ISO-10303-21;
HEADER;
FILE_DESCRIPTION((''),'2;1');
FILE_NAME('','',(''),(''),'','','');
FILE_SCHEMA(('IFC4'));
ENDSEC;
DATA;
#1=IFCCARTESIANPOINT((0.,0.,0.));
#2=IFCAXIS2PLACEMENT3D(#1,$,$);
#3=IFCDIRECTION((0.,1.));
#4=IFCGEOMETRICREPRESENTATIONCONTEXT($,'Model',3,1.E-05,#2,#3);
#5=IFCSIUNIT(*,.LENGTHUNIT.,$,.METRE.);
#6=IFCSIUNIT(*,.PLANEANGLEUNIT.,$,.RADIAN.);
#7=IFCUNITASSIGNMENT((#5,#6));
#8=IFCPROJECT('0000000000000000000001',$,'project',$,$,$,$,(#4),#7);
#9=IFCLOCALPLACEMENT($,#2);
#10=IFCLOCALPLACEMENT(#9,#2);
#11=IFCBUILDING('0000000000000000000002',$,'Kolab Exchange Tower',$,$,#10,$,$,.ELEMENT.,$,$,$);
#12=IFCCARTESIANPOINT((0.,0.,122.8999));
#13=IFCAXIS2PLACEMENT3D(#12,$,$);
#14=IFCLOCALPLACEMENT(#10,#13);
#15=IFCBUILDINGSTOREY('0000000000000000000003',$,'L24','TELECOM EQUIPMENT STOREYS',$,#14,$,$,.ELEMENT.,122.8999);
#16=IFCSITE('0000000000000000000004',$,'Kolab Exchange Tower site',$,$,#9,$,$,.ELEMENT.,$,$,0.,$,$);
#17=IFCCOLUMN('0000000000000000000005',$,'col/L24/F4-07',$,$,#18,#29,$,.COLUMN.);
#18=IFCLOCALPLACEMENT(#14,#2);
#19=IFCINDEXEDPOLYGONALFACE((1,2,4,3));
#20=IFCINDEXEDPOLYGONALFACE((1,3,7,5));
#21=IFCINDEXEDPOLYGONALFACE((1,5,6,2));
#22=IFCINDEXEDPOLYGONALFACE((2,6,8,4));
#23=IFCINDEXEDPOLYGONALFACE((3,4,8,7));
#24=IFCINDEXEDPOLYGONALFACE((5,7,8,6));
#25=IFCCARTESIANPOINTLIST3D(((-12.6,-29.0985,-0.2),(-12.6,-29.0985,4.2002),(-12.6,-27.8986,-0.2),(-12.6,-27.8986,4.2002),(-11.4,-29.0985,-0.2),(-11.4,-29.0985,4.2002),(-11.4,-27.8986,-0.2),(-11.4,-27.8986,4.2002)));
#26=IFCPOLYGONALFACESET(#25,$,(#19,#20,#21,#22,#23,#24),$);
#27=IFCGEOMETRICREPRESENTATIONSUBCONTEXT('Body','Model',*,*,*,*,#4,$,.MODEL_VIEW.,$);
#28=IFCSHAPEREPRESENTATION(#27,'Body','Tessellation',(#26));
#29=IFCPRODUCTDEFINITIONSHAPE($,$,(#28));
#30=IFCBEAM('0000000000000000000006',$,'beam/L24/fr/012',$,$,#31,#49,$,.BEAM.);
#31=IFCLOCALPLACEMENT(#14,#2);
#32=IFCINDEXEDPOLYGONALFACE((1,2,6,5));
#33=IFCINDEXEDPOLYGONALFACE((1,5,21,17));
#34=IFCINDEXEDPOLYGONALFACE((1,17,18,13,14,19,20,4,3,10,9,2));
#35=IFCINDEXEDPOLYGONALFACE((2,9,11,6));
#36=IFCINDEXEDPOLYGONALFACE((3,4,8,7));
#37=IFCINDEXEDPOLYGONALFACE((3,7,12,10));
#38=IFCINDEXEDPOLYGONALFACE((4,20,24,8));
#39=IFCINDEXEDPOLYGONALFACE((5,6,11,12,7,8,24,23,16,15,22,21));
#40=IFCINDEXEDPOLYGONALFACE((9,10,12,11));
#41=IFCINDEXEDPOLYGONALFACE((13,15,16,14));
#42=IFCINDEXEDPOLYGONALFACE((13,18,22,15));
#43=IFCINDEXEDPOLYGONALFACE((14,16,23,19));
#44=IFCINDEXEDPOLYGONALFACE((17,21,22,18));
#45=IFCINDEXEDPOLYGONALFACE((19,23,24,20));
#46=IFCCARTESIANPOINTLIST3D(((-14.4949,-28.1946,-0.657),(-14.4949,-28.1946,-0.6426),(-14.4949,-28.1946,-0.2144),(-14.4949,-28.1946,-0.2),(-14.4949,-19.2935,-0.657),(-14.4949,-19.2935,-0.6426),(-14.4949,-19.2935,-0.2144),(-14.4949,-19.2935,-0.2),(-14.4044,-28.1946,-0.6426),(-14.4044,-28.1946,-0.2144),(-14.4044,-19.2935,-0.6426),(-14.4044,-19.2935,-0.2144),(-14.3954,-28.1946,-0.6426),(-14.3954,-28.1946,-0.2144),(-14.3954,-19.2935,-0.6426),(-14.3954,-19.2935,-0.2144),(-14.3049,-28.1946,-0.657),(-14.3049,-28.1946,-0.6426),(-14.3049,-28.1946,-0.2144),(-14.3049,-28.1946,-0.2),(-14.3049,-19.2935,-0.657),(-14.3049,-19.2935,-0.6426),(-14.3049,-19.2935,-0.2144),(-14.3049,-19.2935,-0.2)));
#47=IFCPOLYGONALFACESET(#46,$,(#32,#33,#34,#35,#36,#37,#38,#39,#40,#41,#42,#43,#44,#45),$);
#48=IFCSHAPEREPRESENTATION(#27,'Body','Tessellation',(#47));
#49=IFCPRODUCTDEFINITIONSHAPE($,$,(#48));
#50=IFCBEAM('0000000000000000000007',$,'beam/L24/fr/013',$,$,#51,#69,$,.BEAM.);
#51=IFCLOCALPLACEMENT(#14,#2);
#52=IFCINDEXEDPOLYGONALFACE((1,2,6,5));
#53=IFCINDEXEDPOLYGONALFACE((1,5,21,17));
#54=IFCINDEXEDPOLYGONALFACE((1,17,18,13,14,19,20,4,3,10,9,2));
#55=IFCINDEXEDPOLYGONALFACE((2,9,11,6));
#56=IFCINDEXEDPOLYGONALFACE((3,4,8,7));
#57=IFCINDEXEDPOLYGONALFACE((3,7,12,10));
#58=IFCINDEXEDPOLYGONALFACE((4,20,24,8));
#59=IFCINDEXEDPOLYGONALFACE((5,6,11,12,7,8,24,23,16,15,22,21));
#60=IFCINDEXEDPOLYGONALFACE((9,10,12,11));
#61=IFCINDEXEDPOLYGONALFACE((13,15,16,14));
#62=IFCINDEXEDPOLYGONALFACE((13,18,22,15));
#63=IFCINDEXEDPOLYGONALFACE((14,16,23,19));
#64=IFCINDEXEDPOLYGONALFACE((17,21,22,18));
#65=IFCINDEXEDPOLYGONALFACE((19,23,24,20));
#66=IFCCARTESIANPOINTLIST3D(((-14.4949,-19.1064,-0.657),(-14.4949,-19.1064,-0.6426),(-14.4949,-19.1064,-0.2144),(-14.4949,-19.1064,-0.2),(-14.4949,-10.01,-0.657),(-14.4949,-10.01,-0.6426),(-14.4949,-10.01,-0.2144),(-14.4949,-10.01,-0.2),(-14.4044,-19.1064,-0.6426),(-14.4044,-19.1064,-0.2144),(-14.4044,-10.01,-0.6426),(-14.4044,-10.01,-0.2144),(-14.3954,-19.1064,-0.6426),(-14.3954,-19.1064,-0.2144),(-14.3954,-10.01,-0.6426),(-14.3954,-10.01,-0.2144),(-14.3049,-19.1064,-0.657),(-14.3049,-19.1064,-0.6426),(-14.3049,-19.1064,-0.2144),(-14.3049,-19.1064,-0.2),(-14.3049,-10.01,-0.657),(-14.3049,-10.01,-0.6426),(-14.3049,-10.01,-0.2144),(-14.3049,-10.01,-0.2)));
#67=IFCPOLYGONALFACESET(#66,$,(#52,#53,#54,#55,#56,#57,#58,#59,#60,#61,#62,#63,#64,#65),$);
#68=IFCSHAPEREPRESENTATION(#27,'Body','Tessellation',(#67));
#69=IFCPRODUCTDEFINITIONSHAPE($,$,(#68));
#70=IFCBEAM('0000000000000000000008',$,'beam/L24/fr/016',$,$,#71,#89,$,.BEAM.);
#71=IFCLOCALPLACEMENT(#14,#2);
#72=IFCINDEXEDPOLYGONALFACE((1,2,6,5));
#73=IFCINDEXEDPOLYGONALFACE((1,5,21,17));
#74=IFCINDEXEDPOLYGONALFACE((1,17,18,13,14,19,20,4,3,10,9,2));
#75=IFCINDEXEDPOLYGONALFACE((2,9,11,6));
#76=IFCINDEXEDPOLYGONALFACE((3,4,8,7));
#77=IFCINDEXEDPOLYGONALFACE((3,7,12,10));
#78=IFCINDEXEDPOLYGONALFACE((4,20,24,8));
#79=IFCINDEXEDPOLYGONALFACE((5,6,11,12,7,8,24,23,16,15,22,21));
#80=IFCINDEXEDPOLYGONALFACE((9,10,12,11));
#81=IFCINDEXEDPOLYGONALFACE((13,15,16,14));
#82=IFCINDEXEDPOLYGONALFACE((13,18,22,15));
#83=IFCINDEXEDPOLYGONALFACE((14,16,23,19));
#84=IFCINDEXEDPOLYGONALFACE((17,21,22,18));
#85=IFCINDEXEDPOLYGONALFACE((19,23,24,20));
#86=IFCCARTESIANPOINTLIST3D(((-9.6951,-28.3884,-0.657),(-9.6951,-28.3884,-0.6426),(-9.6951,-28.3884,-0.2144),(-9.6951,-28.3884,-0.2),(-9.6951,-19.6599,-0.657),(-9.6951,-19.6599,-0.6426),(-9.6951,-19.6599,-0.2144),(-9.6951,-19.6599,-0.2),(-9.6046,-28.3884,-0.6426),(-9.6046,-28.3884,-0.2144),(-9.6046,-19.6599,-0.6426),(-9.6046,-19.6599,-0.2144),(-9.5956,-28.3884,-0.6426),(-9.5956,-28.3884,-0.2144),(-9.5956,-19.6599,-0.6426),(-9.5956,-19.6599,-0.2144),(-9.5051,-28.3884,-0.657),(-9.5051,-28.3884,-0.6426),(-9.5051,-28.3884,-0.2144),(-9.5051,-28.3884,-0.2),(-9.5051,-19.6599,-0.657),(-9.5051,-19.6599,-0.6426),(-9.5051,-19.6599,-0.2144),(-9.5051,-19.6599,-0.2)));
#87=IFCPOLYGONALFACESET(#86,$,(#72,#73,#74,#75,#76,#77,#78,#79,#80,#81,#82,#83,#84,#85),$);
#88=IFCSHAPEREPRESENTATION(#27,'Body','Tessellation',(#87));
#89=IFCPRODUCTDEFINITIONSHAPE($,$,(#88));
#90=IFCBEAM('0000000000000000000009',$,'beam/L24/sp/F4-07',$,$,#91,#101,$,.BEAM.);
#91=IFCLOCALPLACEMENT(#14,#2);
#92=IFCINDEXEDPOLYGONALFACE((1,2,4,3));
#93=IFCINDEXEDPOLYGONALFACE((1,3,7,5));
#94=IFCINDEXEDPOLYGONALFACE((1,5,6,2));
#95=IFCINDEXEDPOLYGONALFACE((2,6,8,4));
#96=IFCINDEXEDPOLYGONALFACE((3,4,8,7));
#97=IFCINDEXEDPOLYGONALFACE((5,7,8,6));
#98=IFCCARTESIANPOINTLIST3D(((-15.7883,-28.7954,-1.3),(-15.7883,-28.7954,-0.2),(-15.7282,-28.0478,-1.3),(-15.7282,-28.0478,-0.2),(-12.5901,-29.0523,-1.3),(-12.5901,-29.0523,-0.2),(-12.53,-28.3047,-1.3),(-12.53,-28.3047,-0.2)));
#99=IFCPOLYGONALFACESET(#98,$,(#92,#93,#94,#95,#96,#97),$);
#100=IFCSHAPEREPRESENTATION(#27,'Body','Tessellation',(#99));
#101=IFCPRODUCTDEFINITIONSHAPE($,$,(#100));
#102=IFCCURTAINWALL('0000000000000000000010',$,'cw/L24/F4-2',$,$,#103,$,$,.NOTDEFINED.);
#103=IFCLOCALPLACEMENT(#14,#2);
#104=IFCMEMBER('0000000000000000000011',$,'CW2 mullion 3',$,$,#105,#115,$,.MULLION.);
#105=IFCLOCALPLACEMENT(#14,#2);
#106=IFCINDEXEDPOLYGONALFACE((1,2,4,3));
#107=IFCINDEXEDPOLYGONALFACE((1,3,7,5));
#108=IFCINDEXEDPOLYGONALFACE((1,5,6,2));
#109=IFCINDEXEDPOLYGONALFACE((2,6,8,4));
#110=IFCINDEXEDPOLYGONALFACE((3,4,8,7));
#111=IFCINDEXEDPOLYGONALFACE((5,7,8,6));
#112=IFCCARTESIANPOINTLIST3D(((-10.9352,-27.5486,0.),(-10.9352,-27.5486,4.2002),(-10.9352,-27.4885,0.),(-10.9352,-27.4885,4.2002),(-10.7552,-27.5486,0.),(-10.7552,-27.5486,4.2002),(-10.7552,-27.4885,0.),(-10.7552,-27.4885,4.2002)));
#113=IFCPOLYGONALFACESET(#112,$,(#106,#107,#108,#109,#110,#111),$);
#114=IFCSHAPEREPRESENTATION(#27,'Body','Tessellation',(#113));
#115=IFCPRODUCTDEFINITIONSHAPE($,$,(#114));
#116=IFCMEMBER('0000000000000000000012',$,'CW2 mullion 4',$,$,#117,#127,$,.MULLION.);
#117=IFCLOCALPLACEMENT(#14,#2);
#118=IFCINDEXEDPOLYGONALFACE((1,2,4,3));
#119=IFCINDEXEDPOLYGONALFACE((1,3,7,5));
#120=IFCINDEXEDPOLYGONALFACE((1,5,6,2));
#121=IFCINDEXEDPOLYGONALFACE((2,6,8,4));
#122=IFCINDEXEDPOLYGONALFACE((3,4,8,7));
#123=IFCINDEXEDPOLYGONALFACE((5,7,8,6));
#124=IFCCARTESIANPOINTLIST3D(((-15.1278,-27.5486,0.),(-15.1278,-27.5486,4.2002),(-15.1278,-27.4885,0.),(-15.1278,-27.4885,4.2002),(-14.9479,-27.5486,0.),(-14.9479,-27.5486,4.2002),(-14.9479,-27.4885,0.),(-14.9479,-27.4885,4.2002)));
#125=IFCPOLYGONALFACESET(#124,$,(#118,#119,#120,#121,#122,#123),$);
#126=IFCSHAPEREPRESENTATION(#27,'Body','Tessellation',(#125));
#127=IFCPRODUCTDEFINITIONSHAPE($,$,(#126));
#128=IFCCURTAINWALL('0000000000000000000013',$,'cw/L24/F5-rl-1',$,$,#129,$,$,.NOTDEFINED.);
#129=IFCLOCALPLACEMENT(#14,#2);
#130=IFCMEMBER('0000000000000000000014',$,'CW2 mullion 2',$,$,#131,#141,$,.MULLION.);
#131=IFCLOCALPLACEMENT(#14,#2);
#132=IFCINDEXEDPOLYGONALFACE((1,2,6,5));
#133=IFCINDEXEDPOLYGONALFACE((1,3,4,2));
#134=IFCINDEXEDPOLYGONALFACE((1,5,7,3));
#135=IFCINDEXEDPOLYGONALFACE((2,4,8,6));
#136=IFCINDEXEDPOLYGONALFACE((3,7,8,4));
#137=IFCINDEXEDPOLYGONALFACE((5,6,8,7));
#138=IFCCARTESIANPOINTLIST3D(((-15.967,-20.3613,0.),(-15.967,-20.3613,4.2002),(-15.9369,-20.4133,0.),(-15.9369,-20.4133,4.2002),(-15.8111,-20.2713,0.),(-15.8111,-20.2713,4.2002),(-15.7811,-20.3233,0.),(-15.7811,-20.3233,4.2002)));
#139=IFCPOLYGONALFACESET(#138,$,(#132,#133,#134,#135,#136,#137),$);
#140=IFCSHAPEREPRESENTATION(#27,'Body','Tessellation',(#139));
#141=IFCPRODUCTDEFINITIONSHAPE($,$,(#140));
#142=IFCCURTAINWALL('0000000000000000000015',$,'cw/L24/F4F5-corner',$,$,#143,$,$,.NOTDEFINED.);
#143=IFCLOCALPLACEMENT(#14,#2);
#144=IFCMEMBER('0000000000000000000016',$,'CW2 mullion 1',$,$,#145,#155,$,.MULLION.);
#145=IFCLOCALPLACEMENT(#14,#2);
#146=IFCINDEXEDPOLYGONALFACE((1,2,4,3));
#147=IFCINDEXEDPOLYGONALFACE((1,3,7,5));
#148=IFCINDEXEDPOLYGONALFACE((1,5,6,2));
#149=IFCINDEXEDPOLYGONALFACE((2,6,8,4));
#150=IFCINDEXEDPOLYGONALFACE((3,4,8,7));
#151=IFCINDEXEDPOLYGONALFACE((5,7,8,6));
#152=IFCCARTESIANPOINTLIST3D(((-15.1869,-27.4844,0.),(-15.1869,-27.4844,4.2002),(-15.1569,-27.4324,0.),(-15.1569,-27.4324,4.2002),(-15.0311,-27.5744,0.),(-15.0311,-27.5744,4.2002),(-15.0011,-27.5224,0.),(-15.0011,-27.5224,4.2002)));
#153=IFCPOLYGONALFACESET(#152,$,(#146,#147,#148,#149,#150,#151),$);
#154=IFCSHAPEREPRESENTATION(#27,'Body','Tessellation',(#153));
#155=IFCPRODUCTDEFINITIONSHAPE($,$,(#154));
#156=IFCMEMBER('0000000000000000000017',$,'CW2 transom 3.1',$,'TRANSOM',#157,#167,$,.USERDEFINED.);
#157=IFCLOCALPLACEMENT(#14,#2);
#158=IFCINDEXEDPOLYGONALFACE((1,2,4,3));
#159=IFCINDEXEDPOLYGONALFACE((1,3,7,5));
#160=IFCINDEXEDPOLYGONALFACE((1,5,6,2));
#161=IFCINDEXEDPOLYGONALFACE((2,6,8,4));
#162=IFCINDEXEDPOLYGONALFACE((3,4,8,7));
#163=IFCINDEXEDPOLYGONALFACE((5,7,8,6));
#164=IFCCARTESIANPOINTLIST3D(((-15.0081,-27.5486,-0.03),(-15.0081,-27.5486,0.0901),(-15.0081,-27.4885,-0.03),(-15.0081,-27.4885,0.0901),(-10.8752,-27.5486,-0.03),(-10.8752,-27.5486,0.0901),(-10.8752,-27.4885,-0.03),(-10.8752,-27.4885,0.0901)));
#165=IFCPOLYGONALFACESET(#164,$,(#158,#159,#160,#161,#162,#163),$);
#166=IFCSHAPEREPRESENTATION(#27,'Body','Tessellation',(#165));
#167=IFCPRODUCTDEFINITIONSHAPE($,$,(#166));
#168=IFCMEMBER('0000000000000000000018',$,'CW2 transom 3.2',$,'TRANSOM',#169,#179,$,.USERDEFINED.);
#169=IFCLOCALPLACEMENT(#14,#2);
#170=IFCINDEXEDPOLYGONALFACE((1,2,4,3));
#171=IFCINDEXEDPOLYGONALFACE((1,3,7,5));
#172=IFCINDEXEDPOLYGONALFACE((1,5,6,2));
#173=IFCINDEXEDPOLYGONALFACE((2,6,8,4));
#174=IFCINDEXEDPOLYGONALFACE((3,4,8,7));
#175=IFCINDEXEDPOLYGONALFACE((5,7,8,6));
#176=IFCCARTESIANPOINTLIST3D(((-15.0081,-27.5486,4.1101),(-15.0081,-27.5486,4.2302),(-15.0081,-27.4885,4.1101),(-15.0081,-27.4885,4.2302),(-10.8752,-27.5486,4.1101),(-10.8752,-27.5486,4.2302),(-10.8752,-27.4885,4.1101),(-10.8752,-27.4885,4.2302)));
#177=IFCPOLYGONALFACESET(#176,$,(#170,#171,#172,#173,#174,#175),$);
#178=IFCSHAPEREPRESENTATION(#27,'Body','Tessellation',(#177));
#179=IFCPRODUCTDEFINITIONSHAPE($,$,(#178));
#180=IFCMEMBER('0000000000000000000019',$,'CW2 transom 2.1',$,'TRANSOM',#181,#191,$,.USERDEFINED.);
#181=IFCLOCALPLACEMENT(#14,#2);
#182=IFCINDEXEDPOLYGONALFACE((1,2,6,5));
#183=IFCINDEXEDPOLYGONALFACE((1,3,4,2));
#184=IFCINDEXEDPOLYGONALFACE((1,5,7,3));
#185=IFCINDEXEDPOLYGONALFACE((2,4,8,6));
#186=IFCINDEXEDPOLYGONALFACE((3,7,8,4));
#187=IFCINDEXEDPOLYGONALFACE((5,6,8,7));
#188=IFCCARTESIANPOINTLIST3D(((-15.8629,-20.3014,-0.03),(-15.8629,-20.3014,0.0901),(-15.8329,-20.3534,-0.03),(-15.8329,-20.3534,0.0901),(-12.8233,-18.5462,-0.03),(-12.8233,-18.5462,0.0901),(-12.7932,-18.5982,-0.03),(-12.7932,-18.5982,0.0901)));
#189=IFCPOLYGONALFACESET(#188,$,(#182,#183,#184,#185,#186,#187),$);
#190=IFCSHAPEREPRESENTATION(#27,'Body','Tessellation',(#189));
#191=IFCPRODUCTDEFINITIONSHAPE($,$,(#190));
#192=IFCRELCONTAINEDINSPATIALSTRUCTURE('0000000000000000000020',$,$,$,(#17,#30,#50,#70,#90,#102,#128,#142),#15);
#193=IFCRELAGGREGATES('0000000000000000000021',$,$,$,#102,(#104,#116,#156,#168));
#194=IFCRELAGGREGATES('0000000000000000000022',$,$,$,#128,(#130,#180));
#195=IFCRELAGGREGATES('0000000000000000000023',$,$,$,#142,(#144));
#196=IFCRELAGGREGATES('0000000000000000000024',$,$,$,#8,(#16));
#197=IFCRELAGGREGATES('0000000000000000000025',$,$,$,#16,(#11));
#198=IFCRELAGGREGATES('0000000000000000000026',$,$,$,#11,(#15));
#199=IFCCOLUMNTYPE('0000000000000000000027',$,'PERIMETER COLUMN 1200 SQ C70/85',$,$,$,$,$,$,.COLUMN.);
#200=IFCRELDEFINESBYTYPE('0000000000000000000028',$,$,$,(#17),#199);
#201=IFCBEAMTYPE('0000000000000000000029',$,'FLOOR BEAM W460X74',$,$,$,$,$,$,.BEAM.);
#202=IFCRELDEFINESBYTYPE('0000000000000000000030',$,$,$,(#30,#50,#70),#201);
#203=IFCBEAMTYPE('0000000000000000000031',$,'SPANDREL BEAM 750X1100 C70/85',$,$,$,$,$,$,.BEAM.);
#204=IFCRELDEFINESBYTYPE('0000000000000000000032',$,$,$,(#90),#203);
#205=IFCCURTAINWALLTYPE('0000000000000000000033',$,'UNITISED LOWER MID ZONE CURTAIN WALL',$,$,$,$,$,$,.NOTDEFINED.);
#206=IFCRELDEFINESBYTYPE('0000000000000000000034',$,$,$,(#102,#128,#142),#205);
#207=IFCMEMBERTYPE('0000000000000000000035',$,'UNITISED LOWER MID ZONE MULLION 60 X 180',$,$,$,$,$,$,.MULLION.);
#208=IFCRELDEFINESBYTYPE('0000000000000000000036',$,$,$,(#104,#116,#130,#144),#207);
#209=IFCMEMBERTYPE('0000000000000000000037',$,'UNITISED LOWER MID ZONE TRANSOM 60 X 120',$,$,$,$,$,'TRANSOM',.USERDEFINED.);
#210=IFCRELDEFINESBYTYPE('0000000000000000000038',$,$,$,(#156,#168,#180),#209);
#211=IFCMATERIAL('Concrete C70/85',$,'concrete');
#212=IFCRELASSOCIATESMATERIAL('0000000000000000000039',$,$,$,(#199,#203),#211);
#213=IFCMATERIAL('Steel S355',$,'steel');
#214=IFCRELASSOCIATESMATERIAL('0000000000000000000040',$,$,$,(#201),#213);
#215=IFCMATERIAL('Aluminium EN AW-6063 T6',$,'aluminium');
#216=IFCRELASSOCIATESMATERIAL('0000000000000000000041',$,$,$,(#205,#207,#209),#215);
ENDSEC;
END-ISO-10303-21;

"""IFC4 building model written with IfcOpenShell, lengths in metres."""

from ifc_helpers import new_model, si_unit, direction, frame, origin, origin_2d, place, context, subcontext, project, spatial, rectangle, i_section, extrude, material, material_profile, profile_set, type_object, element, aggregate, save


model = new_model("IFC4")

# Units and contexts
model_context = context("Model", 3, precision=1e-05, world=origin(), true_north=direction((0.0, 1.0)))
body_context = subcontext(model_context, "Body", "Model", "MODEL_VIEW")
ifc_project = project(units=[si_unit("LENGTHUNIT", "METRE"), si_unit("PLANEANGLEUNIT", "RADIAN")], contexts=[model_context])

# Site, building, storey
site_placement = place(None, origin())
site = spatial("IfcSite", under=ifc_project, at=site_placement, Name="Kolab Exchange Tower site", CompositionType="ELEMENT", RefElevation=0.0)
building_placement = place(site_placement, origin())
building = spatial("IfcBuilding", under=site, at=building_placement, Name="Kolab Exchange Tower", CompositionType="ELEMENT")
storey_placement = place(building_placement, frame((0.0, 0.0, 122.8999)))
storey = spatial("IfcBuildingStorey", under=building, at=storey_placement, Name="L24", Description="TELECOM EQUIPMENT STOREYS", CompositionType="ELEMENT", Elevation=122.8999)

# Column
ifc_material_1 = material(Name="Concrete C70/85", Category="concrete")
ifc_material_profile_1 = material_profile(ifc_material_1, rectangle(XDim=1.2, YDim=1.2, at=origin_2d()), Name="RC1200")
ifc_profile_set_1 = profile_set([ifc_material_profile_1], Name="Concrete C70/85")
column_type = type_object("IfcColumnType", Name="PERIMETER COLUMN 1200 SQ C70/85", PredefinedType="COLUMN", material=ifc_profile_set_1)
column_placement = place(storey_placement, frame((-12.0, -28.4985, -0.2), z_axis=(0.0, 0.0, 1.0), x_axis=(1.0, 0.0, 0.0)))
element("IfcColumn", 1, at=column_placement, inside=storey, type_object=column_type, Name="col/L24/F4-07", PredefinedType="COLUMN", context=body_context, shape_type="SweptSolid", body=[
    extrude(rectangle(XDim=1.2, YDim=1.2, at=origin_2d()), origin(), (0.0, 0.0, 1.0), 4.4001),
])

# Beams
ifc_material_2 = material(Name="Steel S355", Category="steel")
ifc_material_profile_2 = material_profile(ifc_material_2, i_section(OverallWidth=0.1899, OverallDepth=0.457, WebThickness=0.009, FlangeThickness=0.0144, at=origin_2d()), Name="W460X74")
ifc_profile_set_2 = profile_set([ifc_material_profile_2], Name="Steel S355")
beam_type_1 = type_object("IfcBeamType", Name="FLOOR BEAM W460X74", PredefinedType="BEAM", material=ifc_profile_set_2)
beam_1_placement = place(storey_placement, frame((-14.3999, -28.1946, -0.4285), z_axis=(0.0, 1.0, 0.0), x_axis=(-1.0, 0.0, 0.0)))
element("IfcBeam", 2, at=beam_1_placement, inside=storey, type_object=beam_type_1, Name="beam/L24/fr/012", PredefinedType="BEAM", context=body_context, shape_type="SweptSolid", body=[
    extrude(i_section(OverallWidth=0.1899, OverallDepth=0.457, WebThickness=0.009, FlangeThickness=0.0144, at=origin_2d()), origin(), (0.0, 0.0, 1.0), 8.9011),
])
beam_2_placement = place(storey_placement, frame((-14.3999, -19.1064, -0.4285), z_axis=(0.0, 1.0, 0.0), x_axis=(-1.0, 0.0, 0.0)))
element("IfcBeam", 3, at=beam_2_placement, inside=storey, type_object=beam_type_1, Name="beam/L24/fr/013", PredefinedType="BEAM", context=body_context, shape_type="SweptSolid", body=[
    extrude(i_section(OverallWidth=0.1899, OverallDepth=0.457, WebThickness=0.009, FlangeThickness=0.0144, at=origin_2d()), origin(), (0.0, 0.0, 1.0), 9.0964),
])
beam_3_placement = place(storey_placement, frame((-9.6001, -28.3884, -0.4285), z_axis=(0.0, 1.0, 0.0), x_axis=(-1.0, 0.0, 0.0)))
element("IfcBeam", 4, at=beam_3_placement, inside=storey, type_object=beam_type_1, Name="beam/L24/fr/016", PredefinedType="BEAM", context=body_context, shape_type="SweptSolid", body=[
    extrude(i_section(OverallWidth=0.1899, OverallDepth=0.457, WebThickness=0.009, FlangeThickness=0.0144, at=origin_2d()), origin(), (0.0, 0.0, 1.0), 8.7285),
])
ifc_material_profile_3 = material_profile(ifc_material_1, rectangle(XDim=0.75, YDim=1.1001, at=origin_2d()), Name="RC750X1100")
ifc_profile_set_3 = profile_set([ifc_material_profile_3], Name="Concrete C70/85")
beam_type_2 = type_object("IfcBeamType", Name="SPANDREL BEAM 750X1100 C70/85", PredefinedType="BEAM", material=ifc_profile_set_3)
beam_4_placement = place(storey_placement, frame((-12.5601, -28.6785, -0.75), z_axis=(-0.996791, 0.080048, 0.0), x_axis=(-0.080048, -0.996791, 0.0)))
element("IfcBeam", 5, at=beam_4_placement, inside=storey, type_object=beam_type_2, Name="beam/L24/sp/F4-07", PredefinedType="BEAM", context=body_context, shape_type="SweptSolid", body=[
    extrude(rectangle(XDim=0.75, YDim=1.1001, at=origin_2d()), origin(), (0.0, 0.0, 1.0), 3.2085),
])

# Curtain wall, members
ifc_material_3 = material(Name="Aluminium EN AW-6063 T6", Category="aluminium")
curtain_wall_type = type_object("IfcCurtainWallType", Name="UNITISED LOWER MID ZONE CURTAIN WALL", PredefinedType="NOTDEFINED", material=ifc_material_3)
curtain_wall_1_placement = place(storey_placement, origin())
curtain_wall_1 = element("IfcCurtainWall", 6, at=curtain_wall_1_placement, inside=storey, type_object=curtain_wall_type, Name="cw/L24/F4-2", PredefinedType="NOTDEFINED")
ifc_material_profile_4 = material_profile(ifc_material_3, rectangle(XDim=0.0601, YDim=0.1799, at=origin_2d()), Name="RECT 60X180")
ifc_profile_set_4 = profile_set([ifc_material_profile_4], Name="Aluminium EN AW-6063 T6")
member_type_1 = type_object("IfcMemberType", Name="UNITISED LOWER MID ZONE MULLION 60 X 180", PredefinedType="MULLION", material=ifc_profile_set_4)
member_1_placement = place(storey_placement, frame((-10.8452, -27.5186, 0.0), z_axis=(0.0, 0.0, 1.0), x_axis=(0.0, -1.0, 0.0)))
member_1 = element("IfcMember", 7, at=member_1_placement, type_object=member_type_1, Name="CW2 mullion 3", PredefinedType="MULLION", context=body_context, shape_type="SweptSolid", body=[
    extrude(rectangle(XDim=0.0601, YDim=0.1799, at=origin_2d()), origin(), (0.0, 0.0, 1.0), 4.2002),
])
member_2_placement = place(storey_placement, frame((-15.0378, -27.5186, 0.0), z_axis=(0.0, 0.0, 1.0), x_axis=(0.0, -1.0, 0.0)))
member_2 = element("IfcMember", 8, at=member_2_placement, type_object=member_type_1, Name="CW2 mullion 4", PredefinedType="MULLION", context=body_context, shape_type="SweptSolid", body=[
    extrude(rectangle(XDim=0.0601, YDim=0.1799, at=origin_2d()), origin(), (0.0, 0.0, 1.0), 4.2002),
])

# Curtain walls, members
curtain_wall_2_placement = place(storey_placement, origin())
curtain_wall_2 = element("IfcCurtainWall", 9, at=curtain_wall_2_placement, inside=storey, type_object=curtain_wall_type, Name="cw/L24/F5-rl-1", PredefinedType="NOTDEFINED")
member_3_placement = place(storey_placement, frame((-15.874, -20.3423, 0.0), z_axis=(0.0, 0.0, 1.0), x_axis=(-0.5, 0.866025, 0.0)))
member_3 = element("IfcMember", 10, at=member_3_placement, type_object=member_type_1, Name="CW2 mullion 2", PredefinedType="MULLION", context=body_context, shape_type="SweptSolid", body=[
    extrude(rectangle(XDim=0.0601, YDim=0.1799, at=origin_2d()), origin(), (0.0, 0.0, 1.0), 4.2002),
])
curtain_wall_3_placement = place(storey_placement, origin())
curtain_wall_3 = element("IfcCurtainWall", 11, at=curtain_wall_3_placement, inside=storey, type_object=curtain_wall_type, Name="cw/L24/F4F5-corner", PredefinedType="NOTDEFINED")
member_4_placement = place(storey_placement, frame((-15.094, -27.5034, 0.0), z_axis=(0.0, 0.0, 1.0), x_axis=(-0.5, -0.866025, 0.0)))
member_4 = element("IfcMember", 12, at=member_4_placement, type_object=member_type_1, Name="CW2 mullion 1", PredefinedType="MULLION", context=body_context, shape_type="SweptSolid", body=[
    extrude(rectangle(XDim=0.0601, YDim=0.1799, at=origin_2d()), origin(), (0.0, 0.0, 1.0), 4.2002),
])

# Members
ifc_material_profile_5 = material_profile(ifc_material_3, rectangle(XDim=0.0601, YDim=0.1201, at=origin_2d()), Name="RECT 60X120")
ifc_profile_set_5 = profile_set([ifc_material_profile_5], Name="Aluminium EN AW-6063 T6")
member_type_2 = type_object("IfcMemberType", Name="UNITISED LOWER MID ZONE TRANSOM 60 X 120", ElementType="TRANSOM", PredefinedType="USERDEFINED", material=ifc_profile_set_5)
member_5_placement = place(storey_placement, frame((-10.8752, -27.5186, 0.03), z_axis=(-1.0, 0.0, 0.0), x_axis=(0.0, -1.0, 0.0)))
member_5 = element("IfcMember", 13, at=member_5_placement, type_object=member_type_2, Name="CW2 transom 3.1", ObjectType="TRANSOM", PredefinedType="USERDEFINED", context=body_context, shape_type="SweptSolid", body=[
    extrude(rectangle(XDim=0.0601, YDim=0.1201, at=origin_2d()), origin(), (0.0, 0.0, 1.0), 4.1328),
])
member_6_placement = place(storey_placement, frame((-10.8752, -27.5186, 4.1702), z_axis=(-1.0, 0.0, 0.0), x_axis=(0.0, -1.0, 0.0)))
member_6 = element("IfcMember", 14, at=member_6_placement, type_object=member_type_2, Name="CW2 transom 3.2", ObjectType="TRANSOM", PredefinedType="USERDEFINED", context=body_context, shape_type="SweptSolid", body=[
    extrude(rectangle(XDim=0.0601, YDim=0.1201, at=origin_2d()), origin(), (0.0, 0.0, 1.0), 4.1328),
])
member_7_placement = place(storey_placement, frame((-15.8479, -20.3274, 0.03), z_axis=(0.865996, 0.500052, 0.0), x_axis=(-0.500052, 0.865996, 0.0)))
member_7 = element("IfcMember", 15, at=member_7_placement, type_object=member_type_2, Name="CW2 transom 2.1", ObjectType="TRANSOM", PredefinedType="USERDEFINED", context=body_context, shape_type="SweptSolid", body=[
    extrude(rectangle(XDim=0.0601, YDim=0.1201, at=origin_2d()), origin(), (0.0, 0.0, 1.0), 3.51),
])

aggregate(curtain_wall_1, [member_1, member_2, member_5, member_6])
aggregate(curtain_wall_2, [member_3, member_7])
aggregate(curtain_wall_3, [member_4])

save(model, "model.ifc")
